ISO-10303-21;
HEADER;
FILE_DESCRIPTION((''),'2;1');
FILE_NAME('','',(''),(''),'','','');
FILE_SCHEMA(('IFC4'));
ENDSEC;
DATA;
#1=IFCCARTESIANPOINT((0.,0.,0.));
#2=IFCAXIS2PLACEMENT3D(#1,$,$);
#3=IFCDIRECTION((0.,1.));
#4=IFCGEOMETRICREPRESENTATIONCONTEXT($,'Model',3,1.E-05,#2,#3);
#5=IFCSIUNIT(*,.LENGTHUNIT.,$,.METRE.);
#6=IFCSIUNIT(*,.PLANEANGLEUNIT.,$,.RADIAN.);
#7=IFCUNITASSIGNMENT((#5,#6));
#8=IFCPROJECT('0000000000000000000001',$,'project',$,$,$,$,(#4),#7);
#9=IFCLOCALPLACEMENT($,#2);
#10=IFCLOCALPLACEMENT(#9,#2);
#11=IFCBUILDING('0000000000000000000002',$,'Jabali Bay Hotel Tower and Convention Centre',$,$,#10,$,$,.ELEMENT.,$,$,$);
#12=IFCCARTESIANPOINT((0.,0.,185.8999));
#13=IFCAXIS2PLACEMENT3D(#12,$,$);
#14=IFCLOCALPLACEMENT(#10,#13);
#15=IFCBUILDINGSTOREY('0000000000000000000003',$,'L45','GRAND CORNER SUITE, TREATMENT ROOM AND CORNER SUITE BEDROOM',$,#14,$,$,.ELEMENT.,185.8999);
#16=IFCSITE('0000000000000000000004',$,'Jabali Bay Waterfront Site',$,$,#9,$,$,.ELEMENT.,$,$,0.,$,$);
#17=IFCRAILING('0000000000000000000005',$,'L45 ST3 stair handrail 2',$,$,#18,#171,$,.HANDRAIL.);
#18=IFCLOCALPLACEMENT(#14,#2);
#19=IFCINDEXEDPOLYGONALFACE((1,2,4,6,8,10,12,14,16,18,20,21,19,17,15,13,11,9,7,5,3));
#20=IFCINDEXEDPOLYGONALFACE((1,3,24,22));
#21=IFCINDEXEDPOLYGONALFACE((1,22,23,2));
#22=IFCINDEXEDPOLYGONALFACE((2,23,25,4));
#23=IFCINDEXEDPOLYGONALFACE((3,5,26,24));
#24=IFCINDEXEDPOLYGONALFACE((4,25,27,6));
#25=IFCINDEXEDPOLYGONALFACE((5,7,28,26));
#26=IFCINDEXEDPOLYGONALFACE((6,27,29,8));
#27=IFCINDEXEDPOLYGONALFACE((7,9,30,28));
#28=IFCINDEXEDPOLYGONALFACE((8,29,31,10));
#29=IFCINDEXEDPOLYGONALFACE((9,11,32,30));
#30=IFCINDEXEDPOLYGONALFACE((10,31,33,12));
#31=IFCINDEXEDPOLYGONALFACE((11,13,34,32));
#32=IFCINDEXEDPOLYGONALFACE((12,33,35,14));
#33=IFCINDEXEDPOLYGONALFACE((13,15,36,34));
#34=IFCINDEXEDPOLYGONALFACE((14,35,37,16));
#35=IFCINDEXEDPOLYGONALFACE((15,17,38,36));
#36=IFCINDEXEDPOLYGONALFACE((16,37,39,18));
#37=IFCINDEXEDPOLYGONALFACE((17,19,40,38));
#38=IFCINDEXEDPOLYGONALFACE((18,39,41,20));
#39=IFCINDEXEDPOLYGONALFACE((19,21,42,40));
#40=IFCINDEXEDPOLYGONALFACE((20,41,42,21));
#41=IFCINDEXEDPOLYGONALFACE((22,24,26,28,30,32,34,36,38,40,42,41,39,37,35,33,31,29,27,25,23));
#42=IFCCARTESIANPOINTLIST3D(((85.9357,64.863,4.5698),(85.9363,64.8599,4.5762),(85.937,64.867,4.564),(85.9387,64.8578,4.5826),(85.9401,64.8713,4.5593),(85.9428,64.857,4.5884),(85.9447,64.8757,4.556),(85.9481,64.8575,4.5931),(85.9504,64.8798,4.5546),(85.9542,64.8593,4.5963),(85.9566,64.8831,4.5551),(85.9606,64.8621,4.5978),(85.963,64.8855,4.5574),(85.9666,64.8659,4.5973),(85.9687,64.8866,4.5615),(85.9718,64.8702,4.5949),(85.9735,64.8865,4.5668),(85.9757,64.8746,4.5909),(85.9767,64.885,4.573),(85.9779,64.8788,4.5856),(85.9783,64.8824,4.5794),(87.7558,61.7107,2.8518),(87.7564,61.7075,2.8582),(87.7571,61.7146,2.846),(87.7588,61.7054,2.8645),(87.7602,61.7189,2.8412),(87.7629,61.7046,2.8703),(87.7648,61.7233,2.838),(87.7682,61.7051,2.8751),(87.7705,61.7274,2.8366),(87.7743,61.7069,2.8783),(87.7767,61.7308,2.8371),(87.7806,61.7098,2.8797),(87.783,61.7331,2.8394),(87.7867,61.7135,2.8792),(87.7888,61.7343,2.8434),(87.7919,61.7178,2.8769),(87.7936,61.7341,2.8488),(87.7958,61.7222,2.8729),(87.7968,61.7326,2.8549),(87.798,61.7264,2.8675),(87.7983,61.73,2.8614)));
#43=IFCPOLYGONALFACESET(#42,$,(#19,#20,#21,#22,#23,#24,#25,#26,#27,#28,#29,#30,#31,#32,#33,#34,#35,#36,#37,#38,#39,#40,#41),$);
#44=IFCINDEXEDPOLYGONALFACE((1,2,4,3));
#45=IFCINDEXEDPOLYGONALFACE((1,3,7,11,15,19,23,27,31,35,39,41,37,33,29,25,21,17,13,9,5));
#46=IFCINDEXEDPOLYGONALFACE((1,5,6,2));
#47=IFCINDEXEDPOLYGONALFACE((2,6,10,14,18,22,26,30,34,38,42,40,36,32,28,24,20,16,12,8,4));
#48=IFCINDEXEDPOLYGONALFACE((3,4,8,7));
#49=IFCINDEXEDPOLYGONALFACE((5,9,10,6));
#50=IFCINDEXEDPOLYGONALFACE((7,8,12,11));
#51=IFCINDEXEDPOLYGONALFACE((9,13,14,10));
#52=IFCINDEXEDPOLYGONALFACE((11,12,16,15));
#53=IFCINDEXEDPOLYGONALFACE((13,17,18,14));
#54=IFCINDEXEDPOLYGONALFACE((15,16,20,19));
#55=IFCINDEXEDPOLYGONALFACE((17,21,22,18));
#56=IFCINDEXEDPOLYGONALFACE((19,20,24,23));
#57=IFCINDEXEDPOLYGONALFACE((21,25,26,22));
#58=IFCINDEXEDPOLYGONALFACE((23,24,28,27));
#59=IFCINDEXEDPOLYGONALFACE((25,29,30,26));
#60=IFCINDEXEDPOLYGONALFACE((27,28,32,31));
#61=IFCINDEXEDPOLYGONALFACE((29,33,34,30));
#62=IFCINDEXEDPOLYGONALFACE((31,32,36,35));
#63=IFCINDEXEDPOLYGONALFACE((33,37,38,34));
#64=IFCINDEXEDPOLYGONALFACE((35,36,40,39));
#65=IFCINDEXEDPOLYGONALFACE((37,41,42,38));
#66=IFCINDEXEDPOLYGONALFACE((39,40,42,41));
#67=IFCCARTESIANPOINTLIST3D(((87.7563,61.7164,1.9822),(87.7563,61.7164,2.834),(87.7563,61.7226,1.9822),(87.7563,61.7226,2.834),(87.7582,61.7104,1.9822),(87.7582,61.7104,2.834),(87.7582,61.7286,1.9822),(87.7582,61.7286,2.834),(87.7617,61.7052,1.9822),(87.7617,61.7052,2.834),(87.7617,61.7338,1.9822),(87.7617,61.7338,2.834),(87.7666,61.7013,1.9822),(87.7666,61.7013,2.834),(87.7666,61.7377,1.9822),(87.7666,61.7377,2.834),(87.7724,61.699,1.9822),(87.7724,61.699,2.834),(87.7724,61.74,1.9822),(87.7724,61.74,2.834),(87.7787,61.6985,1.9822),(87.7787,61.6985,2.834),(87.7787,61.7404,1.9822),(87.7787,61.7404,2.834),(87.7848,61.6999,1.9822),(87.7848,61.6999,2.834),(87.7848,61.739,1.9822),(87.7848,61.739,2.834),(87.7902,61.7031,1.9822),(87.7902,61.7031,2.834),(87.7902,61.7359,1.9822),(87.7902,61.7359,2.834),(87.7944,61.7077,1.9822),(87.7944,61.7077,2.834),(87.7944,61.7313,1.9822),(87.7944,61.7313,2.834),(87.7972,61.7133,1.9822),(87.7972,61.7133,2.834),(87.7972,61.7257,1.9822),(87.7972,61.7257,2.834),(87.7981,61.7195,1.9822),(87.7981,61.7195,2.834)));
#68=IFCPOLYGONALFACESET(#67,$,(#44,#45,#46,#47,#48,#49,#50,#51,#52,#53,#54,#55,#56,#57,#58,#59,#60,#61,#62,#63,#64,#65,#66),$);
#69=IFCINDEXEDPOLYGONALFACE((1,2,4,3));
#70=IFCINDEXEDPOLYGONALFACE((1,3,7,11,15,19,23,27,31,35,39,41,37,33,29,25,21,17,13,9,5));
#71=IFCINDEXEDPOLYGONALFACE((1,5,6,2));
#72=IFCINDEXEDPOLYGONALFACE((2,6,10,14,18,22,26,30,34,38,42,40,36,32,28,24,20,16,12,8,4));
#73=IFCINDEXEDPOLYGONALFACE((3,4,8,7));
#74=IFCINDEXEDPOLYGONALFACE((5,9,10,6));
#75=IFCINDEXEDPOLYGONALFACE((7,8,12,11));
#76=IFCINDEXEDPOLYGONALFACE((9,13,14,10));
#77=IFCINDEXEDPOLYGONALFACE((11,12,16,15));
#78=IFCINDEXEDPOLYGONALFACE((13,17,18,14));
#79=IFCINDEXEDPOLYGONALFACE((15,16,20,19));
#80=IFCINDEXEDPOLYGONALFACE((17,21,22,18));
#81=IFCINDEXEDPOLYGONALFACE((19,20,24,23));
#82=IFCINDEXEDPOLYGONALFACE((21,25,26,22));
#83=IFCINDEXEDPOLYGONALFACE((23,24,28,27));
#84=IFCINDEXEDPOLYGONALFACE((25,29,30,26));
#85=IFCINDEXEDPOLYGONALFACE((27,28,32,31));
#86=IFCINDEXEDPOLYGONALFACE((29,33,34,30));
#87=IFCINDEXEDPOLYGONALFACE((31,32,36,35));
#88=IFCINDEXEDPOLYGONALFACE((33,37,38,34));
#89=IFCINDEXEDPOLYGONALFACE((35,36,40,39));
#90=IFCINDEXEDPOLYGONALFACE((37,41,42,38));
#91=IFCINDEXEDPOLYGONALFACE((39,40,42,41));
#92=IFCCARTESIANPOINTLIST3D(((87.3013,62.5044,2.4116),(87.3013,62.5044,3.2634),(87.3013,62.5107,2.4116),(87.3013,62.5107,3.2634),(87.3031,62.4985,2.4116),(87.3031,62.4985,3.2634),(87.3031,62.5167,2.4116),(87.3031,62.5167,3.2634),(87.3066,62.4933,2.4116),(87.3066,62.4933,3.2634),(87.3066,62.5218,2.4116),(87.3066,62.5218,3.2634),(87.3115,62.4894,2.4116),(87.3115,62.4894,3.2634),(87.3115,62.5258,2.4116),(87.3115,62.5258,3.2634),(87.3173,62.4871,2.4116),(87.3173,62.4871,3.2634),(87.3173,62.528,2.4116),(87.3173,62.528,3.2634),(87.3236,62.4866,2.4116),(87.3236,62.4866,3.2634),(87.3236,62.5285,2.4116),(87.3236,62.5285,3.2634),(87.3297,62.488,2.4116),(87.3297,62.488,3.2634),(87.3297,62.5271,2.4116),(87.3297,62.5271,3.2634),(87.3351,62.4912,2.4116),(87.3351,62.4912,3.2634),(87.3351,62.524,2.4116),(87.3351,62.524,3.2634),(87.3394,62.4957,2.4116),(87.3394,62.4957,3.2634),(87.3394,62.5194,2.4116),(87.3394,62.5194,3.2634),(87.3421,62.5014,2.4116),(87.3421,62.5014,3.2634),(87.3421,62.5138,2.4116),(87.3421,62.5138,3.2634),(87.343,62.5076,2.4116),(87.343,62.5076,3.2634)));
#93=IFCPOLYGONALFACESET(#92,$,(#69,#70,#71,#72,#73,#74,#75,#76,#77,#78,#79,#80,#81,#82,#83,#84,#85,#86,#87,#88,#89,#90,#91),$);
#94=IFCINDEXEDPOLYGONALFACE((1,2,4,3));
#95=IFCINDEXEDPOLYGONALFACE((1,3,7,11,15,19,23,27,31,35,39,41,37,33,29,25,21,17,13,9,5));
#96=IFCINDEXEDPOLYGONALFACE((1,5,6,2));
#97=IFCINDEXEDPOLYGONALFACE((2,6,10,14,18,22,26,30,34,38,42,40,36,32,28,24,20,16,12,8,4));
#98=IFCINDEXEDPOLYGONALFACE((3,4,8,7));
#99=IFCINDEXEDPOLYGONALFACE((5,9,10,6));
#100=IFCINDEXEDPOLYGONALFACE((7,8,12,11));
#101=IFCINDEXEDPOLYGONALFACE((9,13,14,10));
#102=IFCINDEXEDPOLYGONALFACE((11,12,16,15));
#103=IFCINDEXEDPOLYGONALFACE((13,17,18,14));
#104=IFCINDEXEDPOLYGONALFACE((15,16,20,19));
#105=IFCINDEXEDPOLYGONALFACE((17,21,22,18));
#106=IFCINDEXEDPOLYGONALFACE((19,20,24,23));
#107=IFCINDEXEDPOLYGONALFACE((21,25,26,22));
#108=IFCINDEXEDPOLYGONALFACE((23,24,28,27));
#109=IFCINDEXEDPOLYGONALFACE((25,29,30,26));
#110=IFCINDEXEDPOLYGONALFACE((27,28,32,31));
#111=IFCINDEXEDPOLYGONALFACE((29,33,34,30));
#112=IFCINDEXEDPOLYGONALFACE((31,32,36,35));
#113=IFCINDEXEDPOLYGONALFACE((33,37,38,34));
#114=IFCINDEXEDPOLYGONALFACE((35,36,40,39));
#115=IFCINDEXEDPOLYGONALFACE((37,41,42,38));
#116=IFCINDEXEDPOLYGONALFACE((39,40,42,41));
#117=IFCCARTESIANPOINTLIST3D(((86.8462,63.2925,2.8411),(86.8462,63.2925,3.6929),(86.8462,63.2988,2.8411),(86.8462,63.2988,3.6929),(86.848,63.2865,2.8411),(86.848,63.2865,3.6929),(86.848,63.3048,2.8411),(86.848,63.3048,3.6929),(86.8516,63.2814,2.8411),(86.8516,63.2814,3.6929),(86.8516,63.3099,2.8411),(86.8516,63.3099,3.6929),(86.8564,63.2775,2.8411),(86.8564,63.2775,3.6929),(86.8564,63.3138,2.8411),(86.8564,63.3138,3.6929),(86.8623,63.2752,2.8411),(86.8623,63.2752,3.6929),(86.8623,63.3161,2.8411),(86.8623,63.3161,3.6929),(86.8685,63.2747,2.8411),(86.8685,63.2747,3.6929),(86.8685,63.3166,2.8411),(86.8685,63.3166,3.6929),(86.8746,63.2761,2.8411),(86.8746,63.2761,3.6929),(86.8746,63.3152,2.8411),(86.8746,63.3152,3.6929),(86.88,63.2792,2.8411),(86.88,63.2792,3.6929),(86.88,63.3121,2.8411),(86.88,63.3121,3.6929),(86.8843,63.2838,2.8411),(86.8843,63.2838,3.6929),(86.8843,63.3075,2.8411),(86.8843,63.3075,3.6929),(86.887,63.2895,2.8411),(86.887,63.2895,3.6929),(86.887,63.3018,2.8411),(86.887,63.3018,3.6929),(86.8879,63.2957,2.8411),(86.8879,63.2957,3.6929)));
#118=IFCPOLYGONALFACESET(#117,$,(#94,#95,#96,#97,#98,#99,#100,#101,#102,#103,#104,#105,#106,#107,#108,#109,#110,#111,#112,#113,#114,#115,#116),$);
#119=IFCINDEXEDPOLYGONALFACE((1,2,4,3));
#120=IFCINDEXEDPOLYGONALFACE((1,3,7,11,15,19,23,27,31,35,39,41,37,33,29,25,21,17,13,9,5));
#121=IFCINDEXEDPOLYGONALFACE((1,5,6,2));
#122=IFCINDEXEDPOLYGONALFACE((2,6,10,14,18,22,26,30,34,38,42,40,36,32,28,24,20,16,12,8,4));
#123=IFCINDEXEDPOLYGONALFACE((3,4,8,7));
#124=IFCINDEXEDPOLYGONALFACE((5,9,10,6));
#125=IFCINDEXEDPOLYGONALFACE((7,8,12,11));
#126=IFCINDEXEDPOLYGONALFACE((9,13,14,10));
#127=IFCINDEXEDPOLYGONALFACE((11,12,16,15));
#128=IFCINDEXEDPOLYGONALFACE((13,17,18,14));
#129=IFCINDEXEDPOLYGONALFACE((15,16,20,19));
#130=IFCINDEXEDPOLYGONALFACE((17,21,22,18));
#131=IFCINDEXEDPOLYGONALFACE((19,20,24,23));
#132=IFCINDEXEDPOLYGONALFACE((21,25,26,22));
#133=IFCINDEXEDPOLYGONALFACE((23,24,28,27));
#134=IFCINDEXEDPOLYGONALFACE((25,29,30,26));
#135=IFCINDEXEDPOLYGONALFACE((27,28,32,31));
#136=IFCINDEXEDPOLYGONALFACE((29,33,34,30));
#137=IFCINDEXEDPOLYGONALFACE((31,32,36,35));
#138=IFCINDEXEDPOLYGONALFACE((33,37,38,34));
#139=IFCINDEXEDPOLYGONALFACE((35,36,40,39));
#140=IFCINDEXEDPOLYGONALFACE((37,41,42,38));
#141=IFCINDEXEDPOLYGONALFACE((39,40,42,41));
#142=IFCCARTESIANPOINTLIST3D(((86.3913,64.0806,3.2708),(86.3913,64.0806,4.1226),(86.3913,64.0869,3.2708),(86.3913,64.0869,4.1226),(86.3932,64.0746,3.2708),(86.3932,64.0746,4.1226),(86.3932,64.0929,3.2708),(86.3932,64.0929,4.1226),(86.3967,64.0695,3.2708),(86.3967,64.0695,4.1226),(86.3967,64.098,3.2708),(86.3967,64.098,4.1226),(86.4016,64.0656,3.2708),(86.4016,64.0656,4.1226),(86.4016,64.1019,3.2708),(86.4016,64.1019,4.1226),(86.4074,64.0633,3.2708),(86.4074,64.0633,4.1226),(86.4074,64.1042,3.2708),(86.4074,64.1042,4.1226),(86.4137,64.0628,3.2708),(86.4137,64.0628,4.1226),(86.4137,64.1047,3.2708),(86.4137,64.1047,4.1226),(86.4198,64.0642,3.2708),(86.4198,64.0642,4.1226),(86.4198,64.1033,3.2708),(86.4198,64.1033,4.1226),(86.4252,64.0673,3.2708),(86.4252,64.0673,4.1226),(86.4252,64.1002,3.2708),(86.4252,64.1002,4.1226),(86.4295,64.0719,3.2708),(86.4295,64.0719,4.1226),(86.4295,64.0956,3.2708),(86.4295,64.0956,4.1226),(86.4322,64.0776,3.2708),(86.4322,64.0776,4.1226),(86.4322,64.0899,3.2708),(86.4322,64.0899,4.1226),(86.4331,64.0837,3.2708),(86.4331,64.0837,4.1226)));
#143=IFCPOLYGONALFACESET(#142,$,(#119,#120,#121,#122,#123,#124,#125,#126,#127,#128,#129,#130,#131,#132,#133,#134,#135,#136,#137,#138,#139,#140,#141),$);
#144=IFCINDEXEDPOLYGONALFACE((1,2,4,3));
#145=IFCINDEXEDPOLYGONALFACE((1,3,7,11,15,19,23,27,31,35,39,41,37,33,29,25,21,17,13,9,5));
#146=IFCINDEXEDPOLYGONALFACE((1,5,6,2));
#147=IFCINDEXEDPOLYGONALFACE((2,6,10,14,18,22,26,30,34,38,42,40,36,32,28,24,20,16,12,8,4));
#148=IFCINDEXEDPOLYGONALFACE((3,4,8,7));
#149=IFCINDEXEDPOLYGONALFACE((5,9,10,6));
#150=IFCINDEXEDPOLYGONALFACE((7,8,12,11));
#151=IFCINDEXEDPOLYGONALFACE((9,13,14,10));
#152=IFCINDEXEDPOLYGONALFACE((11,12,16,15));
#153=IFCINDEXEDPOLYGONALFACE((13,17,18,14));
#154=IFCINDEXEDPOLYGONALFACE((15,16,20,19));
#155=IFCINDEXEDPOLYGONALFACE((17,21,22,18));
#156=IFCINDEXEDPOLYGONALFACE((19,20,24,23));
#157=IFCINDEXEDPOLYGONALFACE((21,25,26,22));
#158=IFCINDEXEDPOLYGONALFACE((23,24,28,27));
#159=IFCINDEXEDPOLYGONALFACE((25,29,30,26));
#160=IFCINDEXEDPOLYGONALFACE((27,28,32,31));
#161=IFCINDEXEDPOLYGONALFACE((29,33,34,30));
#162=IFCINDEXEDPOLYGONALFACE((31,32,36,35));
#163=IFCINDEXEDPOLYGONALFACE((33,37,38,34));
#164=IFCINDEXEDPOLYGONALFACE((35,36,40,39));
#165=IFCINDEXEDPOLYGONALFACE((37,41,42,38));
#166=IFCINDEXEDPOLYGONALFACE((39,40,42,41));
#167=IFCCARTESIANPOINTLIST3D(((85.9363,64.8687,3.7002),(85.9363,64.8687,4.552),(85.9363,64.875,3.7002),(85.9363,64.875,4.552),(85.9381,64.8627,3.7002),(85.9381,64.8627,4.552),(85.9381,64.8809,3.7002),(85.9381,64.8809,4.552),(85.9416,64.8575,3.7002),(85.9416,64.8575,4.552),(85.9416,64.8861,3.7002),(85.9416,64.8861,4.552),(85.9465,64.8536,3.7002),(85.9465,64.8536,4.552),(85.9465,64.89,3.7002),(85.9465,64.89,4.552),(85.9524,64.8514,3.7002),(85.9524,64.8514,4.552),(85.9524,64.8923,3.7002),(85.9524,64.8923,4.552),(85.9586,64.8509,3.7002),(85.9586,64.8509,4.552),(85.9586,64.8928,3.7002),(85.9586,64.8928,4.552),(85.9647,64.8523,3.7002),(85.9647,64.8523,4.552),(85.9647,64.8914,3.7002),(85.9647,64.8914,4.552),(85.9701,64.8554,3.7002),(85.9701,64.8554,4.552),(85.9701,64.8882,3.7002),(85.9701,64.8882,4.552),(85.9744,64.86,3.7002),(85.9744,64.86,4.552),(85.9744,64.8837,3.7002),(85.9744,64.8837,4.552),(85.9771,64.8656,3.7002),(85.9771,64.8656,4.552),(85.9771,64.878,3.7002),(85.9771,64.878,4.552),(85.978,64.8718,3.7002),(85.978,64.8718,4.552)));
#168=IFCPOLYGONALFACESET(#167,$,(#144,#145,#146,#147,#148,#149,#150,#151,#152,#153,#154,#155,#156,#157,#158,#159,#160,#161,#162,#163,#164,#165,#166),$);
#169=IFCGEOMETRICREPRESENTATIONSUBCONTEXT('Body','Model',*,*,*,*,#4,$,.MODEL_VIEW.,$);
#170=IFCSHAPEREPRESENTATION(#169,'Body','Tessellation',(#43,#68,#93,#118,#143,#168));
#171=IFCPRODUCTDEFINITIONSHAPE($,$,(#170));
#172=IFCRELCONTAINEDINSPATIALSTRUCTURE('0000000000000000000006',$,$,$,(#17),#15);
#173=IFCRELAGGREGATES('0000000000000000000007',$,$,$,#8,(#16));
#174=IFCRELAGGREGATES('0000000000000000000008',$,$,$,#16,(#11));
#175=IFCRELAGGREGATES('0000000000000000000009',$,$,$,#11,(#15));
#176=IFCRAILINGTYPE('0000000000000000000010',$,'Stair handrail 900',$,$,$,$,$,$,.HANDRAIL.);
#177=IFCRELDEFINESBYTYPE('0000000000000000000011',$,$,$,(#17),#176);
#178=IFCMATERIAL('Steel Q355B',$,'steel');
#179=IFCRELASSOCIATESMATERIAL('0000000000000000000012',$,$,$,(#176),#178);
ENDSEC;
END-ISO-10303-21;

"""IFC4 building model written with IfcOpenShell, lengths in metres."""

from ifc_helpers import new_model, si_unit, direction, frame, origin, origin_2d, place, context, subcontext, project, spatial, circle, extrude, material, type_object, element, save


model = new_model("IFC4")

# Units and contexts
model_context = context("Model", 3, precision=1e-05, world=origin(), true_north=direction((0.0, 1.0)))
body_context = subcontext(model_context, "Body", "Model", "MODEL_VIEW")
ifc_project = project(units=[si_unit("LENGTHUNIT", "METRE"), si_unit("PLANEANGLEUNIT", "RADIAN")], contexts=[model_context])

# Site, building, storey
site_placement = place(None, origin())
site = spatial("IfcSite", under=ifc_project, at=site_placement, Name="Jabali Bay Waterfront Site", CompositionType="ELEMENT", RefElevation=0.0)
building_placement = place(site_placement, origin())
building = spatial("IfcBuilding", under=site, at=building_placement, Name="Jabali Bay Hotel Tower and Convention Centre", CompositionType="ELEMENT")
storey_placement = place(building_placement, frame((0.0, 0.0, 185.8999)))
storey = spatial("IfcBuildingStorey", under=building, at=storey_placement, Name="L45", Description="GRAND CORNER SUITE, TREATMENT ROOM AND CORNER SUITE BEDROOM", CompositionType="ELEMENT", Elevation=185.8999)

# Railing
ifc_material_1 = material(Name="Steel Q355B", Category="steel")
railing_type_1 = type_object("IfcRailingType", Name="Stair handrail 900", PredefinedType="HANDRAIL", material=ifc_material_1)
railing_1_placement = place(storey_placement, frame((87.7771, 61.7195, 1.9822)))
element("IfcRailing", 1, at=railing_1_placement, inside=storey, type_object=railing_type_1, Name="L45 ST3 stair handrail 2", PredefinedType="HANDRAIL", context=body_context, shape_type="SweptSolid", body=[
    extrude(circle(Radius=0.0239, at=origin_2d()), frame((0.0, 0.0, 0.876), z_axis=(-0.452179, 0.78317, 0.426825), x_axis=(-0.866018, -0.500013, 0.0)), (0.0, 0.0, 1.0), 4.0251),
    extrude(circle(Radius=0.021, at=origin_2d()), origin(), (0.0, 0.0, 1.0), 0.8518),
    extrude(circle(Radius=0.021, at=origin_2d()), frame((-0.4551, 0.7881, 0.4294)), (0.0, 0.0, 1.0), 0.8518),
    extrude(circle(Radius=0.021, at=origin_2d()), frame((-0.9102, 1.5762, 0.8589)), (0.0, 0.0, 1.0), 0.8518),
    extrude(circle(Radius=0.021, at=origin_2d()), frame((-1.365, 2.3643, 1.2886)), (0.0, 0.0, 1.0), 0.8518),
    extrude(circle(Radius=0.021, at=origin_2d()), frame((-1.8201, 3.1523, 1.718)), (0.0, 0.0, 1.0), 0.8518),
])

save(model, "model.ifc")
